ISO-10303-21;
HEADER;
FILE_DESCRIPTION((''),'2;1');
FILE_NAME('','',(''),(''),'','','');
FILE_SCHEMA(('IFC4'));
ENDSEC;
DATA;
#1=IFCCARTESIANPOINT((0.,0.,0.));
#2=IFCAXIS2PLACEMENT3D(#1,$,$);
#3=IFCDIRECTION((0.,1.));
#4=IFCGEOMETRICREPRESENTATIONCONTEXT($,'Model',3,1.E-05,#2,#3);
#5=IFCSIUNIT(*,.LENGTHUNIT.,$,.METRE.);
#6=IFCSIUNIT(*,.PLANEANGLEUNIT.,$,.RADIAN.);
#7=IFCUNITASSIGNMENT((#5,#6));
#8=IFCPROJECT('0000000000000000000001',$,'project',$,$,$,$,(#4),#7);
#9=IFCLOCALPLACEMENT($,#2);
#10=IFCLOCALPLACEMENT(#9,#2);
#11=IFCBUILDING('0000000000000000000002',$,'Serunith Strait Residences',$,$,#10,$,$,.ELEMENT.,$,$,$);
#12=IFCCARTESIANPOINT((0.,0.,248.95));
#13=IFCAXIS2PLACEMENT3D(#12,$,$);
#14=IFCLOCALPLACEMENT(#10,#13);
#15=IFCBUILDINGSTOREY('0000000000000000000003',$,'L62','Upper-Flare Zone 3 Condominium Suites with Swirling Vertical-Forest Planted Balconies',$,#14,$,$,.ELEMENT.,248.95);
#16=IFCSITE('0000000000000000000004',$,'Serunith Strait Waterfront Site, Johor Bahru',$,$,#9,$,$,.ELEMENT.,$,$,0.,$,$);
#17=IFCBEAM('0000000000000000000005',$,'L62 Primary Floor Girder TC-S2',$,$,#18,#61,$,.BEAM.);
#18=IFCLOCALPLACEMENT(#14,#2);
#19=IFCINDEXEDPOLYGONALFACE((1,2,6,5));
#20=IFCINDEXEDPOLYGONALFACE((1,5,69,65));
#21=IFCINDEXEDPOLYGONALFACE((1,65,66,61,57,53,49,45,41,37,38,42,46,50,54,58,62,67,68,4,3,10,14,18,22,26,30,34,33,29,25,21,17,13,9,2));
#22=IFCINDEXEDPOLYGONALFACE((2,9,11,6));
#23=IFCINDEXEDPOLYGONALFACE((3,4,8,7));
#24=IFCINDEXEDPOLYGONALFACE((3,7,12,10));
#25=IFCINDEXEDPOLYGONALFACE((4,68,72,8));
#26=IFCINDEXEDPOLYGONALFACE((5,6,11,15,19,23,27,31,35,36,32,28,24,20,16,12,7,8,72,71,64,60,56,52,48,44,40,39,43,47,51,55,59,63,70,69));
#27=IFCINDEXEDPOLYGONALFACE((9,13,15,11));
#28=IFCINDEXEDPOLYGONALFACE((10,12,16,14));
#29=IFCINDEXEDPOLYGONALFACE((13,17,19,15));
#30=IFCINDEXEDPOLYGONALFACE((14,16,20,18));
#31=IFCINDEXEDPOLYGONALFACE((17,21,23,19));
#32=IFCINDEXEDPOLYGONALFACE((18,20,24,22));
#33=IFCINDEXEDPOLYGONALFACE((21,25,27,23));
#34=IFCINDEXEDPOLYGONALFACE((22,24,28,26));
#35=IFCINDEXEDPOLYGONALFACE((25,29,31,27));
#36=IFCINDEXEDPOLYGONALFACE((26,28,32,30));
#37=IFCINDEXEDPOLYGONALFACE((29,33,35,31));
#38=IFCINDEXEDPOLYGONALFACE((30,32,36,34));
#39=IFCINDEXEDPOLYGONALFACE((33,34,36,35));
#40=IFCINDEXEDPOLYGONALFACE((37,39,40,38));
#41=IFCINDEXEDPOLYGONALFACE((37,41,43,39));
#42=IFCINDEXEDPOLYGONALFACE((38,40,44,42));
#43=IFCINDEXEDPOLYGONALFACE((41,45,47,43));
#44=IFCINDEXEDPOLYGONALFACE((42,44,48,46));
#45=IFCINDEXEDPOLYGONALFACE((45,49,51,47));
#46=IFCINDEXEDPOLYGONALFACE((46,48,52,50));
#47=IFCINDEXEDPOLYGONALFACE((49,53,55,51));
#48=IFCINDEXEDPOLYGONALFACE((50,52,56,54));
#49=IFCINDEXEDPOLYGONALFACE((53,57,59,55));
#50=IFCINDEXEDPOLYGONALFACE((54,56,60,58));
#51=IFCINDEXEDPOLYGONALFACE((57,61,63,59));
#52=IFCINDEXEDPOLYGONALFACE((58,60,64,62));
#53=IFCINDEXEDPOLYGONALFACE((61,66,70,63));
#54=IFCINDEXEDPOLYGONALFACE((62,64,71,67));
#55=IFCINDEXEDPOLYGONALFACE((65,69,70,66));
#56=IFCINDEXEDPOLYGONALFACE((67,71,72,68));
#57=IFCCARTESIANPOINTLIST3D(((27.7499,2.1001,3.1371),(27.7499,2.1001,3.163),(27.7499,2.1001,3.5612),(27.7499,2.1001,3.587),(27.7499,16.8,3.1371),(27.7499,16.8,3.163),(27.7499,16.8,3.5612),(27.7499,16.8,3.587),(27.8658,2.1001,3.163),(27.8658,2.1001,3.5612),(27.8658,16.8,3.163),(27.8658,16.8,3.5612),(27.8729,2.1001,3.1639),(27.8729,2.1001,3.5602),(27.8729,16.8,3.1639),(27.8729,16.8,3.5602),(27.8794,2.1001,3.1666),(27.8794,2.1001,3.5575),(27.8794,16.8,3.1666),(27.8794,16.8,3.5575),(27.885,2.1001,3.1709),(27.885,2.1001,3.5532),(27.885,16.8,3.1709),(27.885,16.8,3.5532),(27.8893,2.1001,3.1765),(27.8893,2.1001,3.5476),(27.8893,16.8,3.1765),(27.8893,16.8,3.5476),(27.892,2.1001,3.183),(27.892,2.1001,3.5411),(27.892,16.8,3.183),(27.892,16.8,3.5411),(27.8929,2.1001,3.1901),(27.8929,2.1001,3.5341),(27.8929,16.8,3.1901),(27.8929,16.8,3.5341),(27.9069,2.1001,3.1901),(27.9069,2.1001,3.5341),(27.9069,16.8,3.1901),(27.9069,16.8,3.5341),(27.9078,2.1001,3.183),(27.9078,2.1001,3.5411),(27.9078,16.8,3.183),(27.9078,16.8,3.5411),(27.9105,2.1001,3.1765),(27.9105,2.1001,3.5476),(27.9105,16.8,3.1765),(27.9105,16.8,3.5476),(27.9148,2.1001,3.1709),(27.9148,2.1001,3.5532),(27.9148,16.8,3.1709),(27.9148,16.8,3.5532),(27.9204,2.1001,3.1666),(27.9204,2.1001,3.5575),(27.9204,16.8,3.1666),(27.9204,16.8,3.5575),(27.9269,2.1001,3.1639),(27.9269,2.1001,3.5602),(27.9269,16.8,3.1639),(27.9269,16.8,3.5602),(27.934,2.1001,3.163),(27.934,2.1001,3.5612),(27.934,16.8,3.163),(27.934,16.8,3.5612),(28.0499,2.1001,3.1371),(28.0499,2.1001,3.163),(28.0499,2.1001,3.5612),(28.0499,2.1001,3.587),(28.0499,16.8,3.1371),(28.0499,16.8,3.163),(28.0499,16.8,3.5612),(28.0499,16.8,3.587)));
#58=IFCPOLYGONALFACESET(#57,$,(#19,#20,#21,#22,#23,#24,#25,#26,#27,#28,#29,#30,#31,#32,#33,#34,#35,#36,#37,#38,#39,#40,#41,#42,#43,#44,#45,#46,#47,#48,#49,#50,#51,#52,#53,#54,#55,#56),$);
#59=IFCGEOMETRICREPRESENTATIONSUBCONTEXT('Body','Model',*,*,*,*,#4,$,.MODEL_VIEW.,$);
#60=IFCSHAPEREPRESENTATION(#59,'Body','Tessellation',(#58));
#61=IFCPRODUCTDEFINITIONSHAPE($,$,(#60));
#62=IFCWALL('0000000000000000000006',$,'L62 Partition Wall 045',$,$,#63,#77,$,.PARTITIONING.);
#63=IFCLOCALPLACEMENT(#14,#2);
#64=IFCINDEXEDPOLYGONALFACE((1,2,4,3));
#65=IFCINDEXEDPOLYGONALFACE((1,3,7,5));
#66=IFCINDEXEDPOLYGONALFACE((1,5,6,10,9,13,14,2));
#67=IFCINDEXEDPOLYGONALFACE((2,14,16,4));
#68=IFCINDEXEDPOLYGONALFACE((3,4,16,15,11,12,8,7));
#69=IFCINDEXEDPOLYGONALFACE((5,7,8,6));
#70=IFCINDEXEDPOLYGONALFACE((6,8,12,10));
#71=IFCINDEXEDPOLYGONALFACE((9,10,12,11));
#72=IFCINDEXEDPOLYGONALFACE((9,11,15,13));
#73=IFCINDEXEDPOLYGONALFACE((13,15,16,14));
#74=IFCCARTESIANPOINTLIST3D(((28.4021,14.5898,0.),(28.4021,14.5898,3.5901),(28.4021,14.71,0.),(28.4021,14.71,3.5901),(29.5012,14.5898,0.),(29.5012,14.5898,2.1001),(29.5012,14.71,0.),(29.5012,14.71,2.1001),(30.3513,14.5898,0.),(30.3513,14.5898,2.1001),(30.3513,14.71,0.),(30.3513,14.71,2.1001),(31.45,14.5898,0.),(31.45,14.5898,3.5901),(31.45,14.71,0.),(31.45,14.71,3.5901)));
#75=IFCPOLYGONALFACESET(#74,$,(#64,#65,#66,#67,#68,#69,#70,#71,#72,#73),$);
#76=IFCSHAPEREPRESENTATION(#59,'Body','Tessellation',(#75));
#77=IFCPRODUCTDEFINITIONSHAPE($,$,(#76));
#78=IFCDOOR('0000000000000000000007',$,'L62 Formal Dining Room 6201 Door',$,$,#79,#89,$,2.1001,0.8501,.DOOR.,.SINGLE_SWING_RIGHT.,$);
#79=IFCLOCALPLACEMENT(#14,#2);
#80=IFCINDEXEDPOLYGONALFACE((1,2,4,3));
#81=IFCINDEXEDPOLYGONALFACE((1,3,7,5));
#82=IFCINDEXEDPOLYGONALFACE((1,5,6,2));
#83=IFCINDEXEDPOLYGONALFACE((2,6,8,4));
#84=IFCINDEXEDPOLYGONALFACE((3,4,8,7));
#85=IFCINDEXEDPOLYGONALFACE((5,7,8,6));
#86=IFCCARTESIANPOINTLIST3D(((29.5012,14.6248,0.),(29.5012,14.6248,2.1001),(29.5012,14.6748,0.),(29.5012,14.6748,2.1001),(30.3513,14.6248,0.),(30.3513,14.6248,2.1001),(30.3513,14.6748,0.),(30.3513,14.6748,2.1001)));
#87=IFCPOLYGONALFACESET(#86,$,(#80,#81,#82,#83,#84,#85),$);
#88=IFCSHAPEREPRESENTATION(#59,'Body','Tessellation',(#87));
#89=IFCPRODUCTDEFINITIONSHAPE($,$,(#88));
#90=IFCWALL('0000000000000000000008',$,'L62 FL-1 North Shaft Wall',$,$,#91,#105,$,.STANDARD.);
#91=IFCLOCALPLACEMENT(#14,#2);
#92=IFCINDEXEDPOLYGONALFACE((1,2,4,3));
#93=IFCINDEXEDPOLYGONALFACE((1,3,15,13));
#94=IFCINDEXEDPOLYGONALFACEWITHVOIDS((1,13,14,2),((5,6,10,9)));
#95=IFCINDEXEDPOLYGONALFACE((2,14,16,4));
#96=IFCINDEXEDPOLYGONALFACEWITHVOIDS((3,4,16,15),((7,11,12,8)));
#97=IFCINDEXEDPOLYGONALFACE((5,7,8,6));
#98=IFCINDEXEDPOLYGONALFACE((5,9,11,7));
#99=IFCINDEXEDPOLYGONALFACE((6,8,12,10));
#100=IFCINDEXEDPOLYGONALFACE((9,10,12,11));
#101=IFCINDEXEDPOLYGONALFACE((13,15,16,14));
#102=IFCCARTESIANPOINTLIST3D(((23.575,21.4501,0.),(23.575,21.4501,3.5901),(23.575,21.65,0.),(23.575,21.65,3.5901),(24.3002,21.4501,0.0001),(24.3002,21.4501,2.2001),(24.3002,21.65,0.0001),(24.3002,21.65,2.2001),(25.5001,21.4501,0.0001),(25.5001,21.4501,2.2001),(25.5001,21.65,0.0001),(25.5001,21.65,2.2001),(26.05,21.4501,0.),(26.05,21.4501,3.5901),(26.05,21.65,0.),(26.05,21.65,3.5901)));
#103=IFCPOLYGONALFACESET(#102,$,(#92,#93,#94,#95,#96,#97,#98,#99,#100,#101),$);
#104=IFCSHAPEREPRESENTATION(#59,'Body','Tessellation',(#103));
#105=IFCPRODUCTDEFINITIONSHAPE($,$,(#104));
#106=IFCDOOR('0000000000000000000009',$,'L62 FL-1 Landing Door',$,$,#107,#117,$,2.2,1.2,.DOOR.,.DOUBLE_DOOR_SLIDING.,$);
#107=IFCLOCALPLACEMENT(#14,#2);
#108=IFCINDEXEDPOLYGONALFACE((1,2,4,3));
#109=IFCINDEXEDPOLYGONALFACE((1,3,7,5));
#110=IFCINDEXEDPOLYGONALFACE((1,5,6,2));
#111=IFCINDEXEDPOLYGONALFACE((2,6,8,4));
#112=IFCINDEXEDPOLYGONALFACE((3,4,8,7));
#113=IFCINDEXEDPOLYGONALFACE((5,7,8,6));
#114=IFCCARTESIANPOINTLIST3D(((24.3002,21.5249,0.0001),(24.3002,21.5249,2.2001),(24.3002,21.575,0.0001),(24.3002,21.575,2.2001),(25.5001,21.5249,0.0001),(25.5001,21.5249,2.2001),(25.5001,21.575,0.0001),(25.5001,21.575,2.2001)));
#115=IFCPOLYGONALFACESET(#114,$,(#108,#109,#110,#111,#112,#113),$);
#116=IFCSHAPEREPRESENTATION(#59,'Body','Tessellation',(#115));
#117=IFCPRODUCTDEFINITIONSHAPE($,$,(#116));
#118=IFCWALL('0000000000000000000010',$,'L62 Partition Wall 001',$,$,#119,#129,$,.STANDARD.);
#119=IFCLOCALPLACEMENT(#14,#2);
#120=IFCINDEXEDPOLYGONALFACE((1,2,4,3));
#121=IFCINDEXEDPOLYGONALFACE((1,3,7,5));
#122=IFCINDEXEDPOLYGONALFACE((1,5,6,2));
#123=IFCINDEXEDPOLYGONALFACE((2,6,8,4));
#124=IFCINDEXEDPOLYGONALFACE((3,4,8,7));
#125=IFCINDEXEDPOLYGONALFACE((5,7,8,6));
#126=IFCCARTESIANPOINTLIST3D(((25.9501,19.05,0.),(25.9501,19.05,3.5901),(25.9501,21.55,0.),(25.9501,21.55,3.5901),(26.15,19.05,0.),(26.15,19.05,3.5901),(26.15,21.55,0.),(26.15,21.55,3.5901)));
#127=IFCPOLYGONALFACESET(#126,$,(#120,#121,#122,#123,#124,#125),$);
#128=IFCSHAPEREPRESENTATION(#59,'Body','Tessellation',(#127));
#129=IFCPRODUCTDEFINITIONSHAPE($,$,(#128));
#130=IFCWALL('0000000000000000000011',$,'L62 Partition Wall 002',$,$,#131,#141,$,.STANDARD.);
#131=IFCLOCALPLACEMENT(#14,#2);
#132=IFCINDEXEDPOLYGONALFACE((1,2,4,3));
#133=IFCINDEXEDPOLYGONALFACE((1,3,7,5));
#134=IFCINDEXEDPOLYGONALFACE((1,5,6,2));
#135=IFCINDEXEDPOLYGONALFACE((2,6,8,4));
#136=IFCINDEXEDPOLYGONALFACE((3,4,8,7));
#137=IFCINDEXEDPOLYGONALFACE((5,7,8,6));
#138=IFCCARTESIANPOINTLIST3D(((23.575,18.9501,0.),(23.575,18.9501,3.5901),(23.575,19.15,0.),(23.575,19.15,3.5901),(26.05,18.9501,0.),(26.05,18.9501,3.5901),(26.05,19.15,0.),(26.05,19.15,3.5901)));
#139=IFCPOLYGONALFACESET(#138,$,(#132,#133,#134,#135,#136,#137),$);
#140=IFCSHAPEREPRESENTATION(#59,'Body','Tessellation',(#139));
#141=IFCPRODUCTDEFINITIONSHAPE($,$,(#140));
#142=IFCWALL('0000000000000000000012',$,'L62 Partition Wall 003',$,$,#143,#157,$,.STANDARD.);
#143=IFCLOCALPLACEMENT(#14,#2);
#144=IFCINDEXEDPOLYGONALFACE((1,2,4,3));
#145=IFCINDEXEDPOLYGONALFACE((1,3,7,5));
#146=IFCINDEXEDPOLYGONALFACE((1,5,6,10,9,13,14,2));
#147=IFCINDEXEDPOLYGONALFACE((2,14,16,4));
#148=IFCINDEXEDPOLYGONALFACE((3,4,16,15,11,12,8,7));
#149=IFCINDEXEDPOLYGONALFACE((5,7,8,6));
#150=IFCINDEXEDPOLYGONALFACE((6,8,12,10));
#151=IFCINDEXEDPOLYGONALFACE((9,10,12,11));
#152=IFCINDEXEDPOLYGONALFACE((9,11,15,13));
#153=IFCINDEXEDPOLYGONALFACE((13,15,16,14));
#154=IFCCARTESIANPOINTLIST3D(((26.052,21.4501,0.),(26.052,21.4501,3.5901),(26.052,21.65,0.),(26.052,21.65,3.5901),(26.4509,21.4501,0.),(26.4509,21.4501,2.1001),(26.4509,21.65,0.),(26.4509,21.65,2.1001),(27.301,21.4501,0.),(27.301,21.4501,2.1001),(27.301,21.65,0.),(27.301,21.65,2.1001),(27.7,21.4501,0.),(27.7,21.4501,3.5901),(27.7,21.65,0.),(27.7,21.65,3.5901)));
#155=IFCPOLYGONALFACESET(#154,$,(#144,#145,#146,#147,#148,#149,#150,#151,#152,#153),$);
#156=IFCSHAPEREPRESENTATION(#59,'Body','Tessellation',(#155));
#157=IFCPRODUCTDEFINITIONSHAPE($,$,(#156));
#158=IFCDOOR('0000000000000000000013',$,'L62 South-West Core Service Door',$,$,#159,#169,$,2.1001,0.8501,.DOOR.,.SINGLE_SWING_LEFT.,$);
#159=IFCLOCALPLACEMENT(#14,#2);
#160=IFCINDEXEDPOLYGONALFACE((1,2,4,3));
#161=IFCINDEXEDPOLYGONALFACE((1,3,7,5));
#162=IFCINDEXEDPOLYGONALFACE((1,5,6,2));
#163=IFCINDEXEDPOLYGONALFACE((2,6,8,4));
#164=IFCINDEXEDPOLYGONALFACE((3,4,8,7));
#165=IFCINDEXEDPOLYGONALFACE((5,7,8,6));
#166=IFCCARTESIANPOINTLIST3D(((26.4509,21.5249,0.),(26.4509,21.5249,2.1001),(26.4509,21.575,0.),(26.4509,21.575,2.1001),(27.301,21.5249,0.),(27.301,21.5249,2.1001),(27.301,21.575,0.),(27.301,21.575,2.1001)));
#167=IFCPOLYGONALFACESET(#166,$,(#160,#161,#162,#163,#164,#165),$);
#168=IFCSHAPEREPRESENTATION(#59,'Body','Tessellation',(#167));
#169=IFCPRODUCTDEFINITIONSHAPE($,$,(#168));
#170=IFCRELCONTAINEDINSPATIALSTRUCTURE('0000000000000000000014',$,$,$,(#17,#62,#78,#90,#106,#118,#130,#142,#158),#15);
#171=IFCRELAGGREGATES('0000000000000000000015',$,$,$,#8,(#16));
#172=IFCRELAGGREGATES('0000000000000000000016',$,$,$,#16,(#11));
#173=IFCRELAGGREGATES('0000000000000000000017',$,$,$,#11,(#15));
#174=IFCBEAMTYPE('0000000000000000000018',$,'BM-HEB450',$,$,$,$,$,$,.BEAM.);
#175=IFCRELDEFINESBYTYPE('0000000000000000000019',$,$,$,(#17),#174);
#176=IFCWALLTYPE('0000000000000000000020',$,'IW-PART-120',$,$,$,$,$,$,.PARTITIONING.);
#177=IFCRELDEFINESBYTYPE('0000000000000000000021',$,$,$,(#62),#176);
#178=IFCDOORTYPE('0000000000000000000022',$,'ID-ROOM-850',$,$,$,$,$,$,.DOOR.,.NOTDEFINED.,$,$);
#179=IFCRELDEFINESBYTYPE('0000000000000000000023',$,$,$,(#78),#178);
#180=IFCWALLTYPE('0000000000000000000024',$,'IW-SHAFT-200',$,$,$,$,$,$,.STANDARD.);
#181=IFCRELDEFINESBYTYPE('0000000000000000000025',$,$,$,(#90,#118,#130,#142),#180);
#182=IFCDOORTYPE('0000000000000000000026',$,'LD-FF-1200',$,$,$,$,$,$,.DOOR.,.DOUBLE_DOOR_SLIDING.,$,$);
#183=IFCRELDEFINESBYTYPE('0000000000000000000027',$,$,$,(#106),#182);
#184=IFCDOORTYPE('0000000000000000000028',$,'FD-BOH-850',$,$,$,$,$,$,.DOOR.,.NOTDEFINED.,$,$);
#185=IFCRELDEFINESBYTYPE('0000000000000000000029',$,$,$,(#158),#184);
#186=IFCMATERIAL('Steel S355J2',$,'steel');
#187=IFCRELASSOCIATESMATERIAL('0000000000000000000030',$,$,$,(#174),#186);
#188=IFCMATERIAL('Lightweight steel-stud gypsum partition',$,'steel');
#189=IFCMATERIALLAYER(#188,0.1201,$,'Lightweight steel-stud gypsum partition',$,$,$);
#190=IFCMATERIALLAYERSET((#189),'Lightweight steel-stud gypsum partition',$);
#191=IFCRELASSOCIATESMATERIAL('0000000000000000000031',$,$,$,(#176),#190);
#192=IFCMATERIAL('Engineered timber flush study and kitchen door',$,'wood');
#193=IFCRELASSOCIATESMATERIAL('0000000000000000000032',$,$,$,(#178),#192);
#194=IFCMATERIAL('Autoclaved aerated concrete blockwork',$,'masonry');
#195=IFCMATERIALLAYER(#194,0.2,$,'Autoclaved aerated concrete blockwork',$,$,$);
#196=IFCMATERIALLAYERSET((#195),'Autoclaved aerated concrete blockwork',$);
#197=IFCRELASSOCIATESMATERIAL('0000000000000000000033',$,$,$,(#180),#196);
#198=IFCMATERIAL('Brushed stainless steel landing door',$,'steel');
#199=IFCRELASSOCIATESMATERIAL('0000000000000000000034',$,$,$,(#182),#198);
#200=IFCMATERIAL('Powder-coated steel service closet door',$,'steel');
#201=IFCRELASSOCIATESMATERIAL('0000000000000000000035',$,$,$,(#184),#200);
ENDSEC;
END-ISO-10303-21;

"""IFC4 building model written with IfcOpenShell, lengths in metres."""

from ifc_helpers import new_model, si_unit, direction, frame, frame_2d, origin, origin_2d, place, context, subcontext, project, spatial, rectangle, i_section, extrude, source, transform, mapped, material, layer, layer_set, material_profile, profile_set, type_object, element, fill, save


model = new_model("IFC4")

# Units and contexts
model_context = context("Model", 3, precision=1e-05, world=origin(), true_north=direction((0.0, 1.0)))
body_context = subcontext(model_context, "Body", "Model", "MODEL_VIEW")
ifc_project = project(units=[si_unit("LENGTHUNIT", "METRE"), si_unit("PLANEANGLEUNIT", "RADIAN")], contexts=[model_context])

# Site, building, storey
site_placement = place(None, origin())
site = spatial("IfcSite", under=ifc_project, at=site_placement, Name="Serunith Strait Waterfront Site, Johor Bahru", CompositionType="ELEMENT", RefElevation=0.0)
building_placement = place(site_placement, origin())
building = spatial("IfcBuilding", under=site, at=building_placement, Name="Serunith Strait Residences", CompositionType="ELEMENT")
storey_placement = place(building_placement, frame((0.0, 0.0, 248.95)))
storey = spatial("IfcBuildingStorey", under=building, at=storey_placement, Name="L62", Description="Upper-Flare Zone 3 Condominium Suites with Swirling Vertical-Forest Planted Balconies", CompositionType="ELEMENT", Elevation=248.95)

# Beam
ifc_material_1 = material(Name="Steel S355J2", Category="steel")
ifc_material_profile = material_profile(ifc_material_1, i_section(OverallWidth=0.3, OverallDepth=0.45, WebThickness=0.0139, FlangeThickness=0.0259, FilletRadius=0.0271, at=origin_2d()), Name="HEB 450")
ifc_profile_set = profile_set([ifc_material_profile], Name="Steel S355J2")
beam_type = type_object("IfcBeamType", Name="BM-HEB450", PredefinedType="BEAM", material=ifc_profile_set)
shared_shape_1 = source(origin(), body_context, "Body", "SweptSolid", [
    extrude(i_section(OverallWidth=0.3, OverallDepth=0.45, WebThickness=0.0139, FlangeThickness=0.0259, FilletRadius=0.0271, at=origin_2d()), origin(), (0.0, 0.0, 1.0), 14.7),
])
beam_placement = place(storey_placement, frame((27.8999, 16.8, 3.3621), z_axis=(0.0, -1.0, 0.0), x_axis=(1.0, 0.0, 0.0)))
element("IfcBeam", 1, at=beam_placement, inside=storey, type_object=beam_type, Name="L62 Primary Floor Girder TC-S2", PredefinedType="BEAM", context=body_context, shape_type="MappedRepresentation", body=[
    mapped(shared_shape_1, transform((0.0, 0.0, 0.0), scale=1.0)),
])

# Walls, openings, doors
ifc_material_2 = material(Name="Lightweight steel-stud gypsum partition", Category="steel")
ifc_layer_1 = layer(ifc_material_2, 0.1201, Name="Lightweight steel-stud gypsum partition")
ifc_layer_set_1 = layer_set([ifc_layer_1], Name="Lightweight steel-stud gypsum partition")
wall_type_1 = type_object("IfcWallType", Name="IW-PART-120", PredefinedType="PARTITIONING", material=ifc_layer_set_1)
wall_1_placement = place(storey_placement, frame((28.4021, 14.6499, 0.0), z_axis=(0.0, 0.0, 1.0), x_axis=(1.0, 0.0, 0.0)))
wall_1 = element("IfcWall", 2, at=wall_1_placement, inside=storey, type_object=wall_type_1, Name="L62 Partition Wall 045", PredefinedType="PARTITIONING", context=body_context, shape_type="SweptSolid", body=[
    extrude(rectangle(XDim=3.0479, YDim=0.1201, at=frame_2d((1.5239, 0.0))), origin(), (0.0, 0.0, 1.0), 3.5901),
])
opening_1_placement = place(wall_1_placement, frame((1.0991, 0.0, 0.0)))
opening_1 = element("IfcOpeningElement", 3, at=opening_1_placement, cuts=wall_1, PredefinedType="OPENING", context=body_context, shape_type="SweptSolid", body=[
    extrude(rectangle(XDim=0.8501, YDim=2.1001, at=frame_2d((0.425, 1.05))), frame((0.0, 0.0701, 0.0), z_axis=(0.0, -1.0, 0.0), x_axis=(1.0, 0.0, 0.0)), (0.0, 0.0, 1.0), 0.1401),
])
ifc_material_3 = material(Name="Engineered timber flush study and kitchen door", Category="wood")
door_type_1 = type_object("IfcDoorType", Name="ID-ROOM-850", OperationType="NOTDEFINED", PredefinedType="DOOR", material=ifc_material_3)
shared_shape_2 = source(origin(), body_context, "Body", "SweptSolid", [
    extrude(rectangle(XDim=0.8501, YDim=2.1001, at=frame_2d((0.425, 1.05))), frame((0.0, 0.0249, 0.0), z_axis=(0.0, -1.0, 0.0), x_axis=(1.0, 0.0, 0.0)), (0.0, 0.0, 1.0), 0.05),
])
door_1_placement = place(opening_1_placement, origin())
door_1 = element("IfcDoor", 4, at=door_1_placement, inside=storey, type_object=door_type_1, Name="L62 Formal Dining Room 6201 Door", OperationType="SINGLE_SWING_RIGHT", OverallHeight=2.1001, OverallWidth=0.8501, PredefinedType="DOOR", context=body_context, shape_type="MappedRepresentation", body=[
    mapped(shared_shape_2, transform((0.0, 0.0, 0.0), scale=1.0)),
])
fill(opening_1, door_1)
ifc_material_4 = material(Name="Autoclaved aerated concrete blockwork", Category="masonry")
ifc_layer_2 = layer(ifc_material_4, 0.2, Name="Autoclaved aerated concrete blockwork")
ifc_layer_set_2 = layer_set([ifc_layer_2], Name="Autoclaved aerated concrete blockwork")
wall_type_2 = type_object("IfcWallType", Name="IW-SHAFT-200", PredefinedType="STANDARD", material=ifc_layer_set_2)
wall_2_placement = place(storey_placement, frame((23.575, 21.55, 0.0), z_axis=(0.0, 0.0, 1.0), x_axis=(1.0, 0.0, 0.0)))
wall_2 = element("IfcWall", 5, at=wall_2_placement, inside=storey, type_object=wall_type_2, Name="L62 FL-1 North Shaft Wall", PredefinedType="STANDARD", context=body_context, shape_type="SweptSolid", body=[
    extrude(rectangle(XDim=2.4751, YDim=0.2, at=frame_2d((1.2375, 0.0))), origin(), (0.0, 0.0, 1.0), 3.5901),
])
opening_2_placement = place(wall_2_placement, frame((0.7251, 0.0, 0.0)))
opening_2 = element("IfcOpeningElement", 6, at=opening_2_placement, cuts=wall_2, PredefinedType="OPENING", context=body_context, shape_type="SweptSolid", body=[
    extrude(rectangle(XDim=1.2, YDim=2.2, at=frame_2d((0.6001, 1.1001))), frame((0.0, 0.1099, 0.0), z_axis=(0.0, -1.0, 0.0), x_axis=(1.0, 0.0, 0.0)), (0.0, 0.0, 1.0), 0.22),
])
ifc_material_5 = material(Name="Brushed stainless steel landing door", Category="steel")
door_type_2 = type_object("IfcDoorType", Name="LD-FF-1200", OperationType="DOUBLE_DOOR_SLIDING", PredefinedType="DOOR", material=ifc_material_5)
shared_shape_3 = source(origin(), body_context, "Body", "SweptSolid", [
    extrude(rectangle(XDim=1.2, YDim=2.2, at=frame_2d((0.6001, 1.1001))), frame((0.0, 0.0249, 0.0), z_axis=(0.0, -1.0, 0.0), x_axis=(1.0, 0.0, 0.0)), (0.0, 0.0, 1.0), 0.05),
])
door_2_placement = place(opening_2_placement, origin())
door_2 = element("IfcDoor", 7, at=door_2_placement, inside=storey, type_object=door_type_2, Name="L62 FL-1 Landing Door", OperationType="DOUBLE_DOOR_SLIDING", OverallHeight=2.2, OverallWidth=1.2, PredefinedType="DOOR", context=body_context, shape_type="MappedRepresentation", body=[
    mapped(shared_shape_3, transform((0.0, 0.0, 0.0), scale=1.0)),
])
fill(opening_2, door_2)

# Walls
wall_3_placement = place(storey_placement, frame((26.05, 19.05, 0.0), z_axis=(0.0, 0.0, 1.0), x_axis=(0.0, 1.0, 0.0)))
element("IfcWall", 8, at=wall_3_placement, inside=storey, type_object=wall_type_2, Name="L62 Partition Wall 001", PredefinedType="STANDARD", context=body_context, shape_type="SweptSolid", body=[
    extrude(rectangle(XDim=2.5, YDim=0.2, at=frame_2d((1.25, 0.0))), origin(), (0.0, 0.0, 1.0), 3.5901),
])
wall_4_placement = place(storey_placement, frame((23.575, 19.05, 0.0), z_axis=(0.0, 0.0, 1.0), x_axis=(1.0, 0.0, 0.0)))
element("IfcWall", 9, at=wall_4_placement, inside=storey, type_object=wall_type_2, Name="L62 Partition Wall 002", PredefinedType="STANDARD", context=body_context, shape_type="SweptSolid", body=[
    extrude(rectangle(XDim=2.4751, YDim=0.2, at=frame_2d((1.2375, 0.0))), origin(), (0.0, 0.0, 1.0), 3.5901),
])

# Wall, opening, door
wall_5_placement = place(storey_placement, frame((26.052, 21.55, 0.0), z_axis=(0.0, 0.0, 1.0), x_axis=(1.0, 0.0, 0.0)))
wall_5 = element("IfcWall", 10, at=wall_5_placement, inside=storey, type_object=wall_type_2, Name="L62 Partition Wall 003", PredefinedType="STANDARD", context=body_context, shape_type="SweptSolid", body=[
    extrude(rectangle(XDim=1.6479, YDim=0.2, at=frame_2d((0.824, 0.0))), origin(), (0.0, 0.0, 1.0), 3.5901),
])
opening_3_placement = place(wall_5_placement, frame((0.3989, 0.0, 0.0)))
opening_3 = element("IfcOpeningElement", 11, at=opening_3_placement, cuts=wall_5, PredefinedType="OPENING", context=body_context, shape_type="SweptSolid", body=[
    extrude(rectangle(XDim=0.8501, YDim=2.1001, at=frame_2d((0.425, 1.05))), frame((0.0, 0.1099, 0.0), z_axis=(0.0, -1.0, 0.0), x_axis=(1.0, 0.0, 0.0)), (0.0, 0.0, 1.0), 0.22),
])
ifc_material_6 = material(Name="Powder-coated steel service closet door", Category="steel")
door_type_3 = type_object("IfcDoorType", Name="FD-BOH-850", OperationType="NOTDEFINED", PredefinedType="DOOR", material=ifc_material_6)
door_3_placement = place(opening_3_placement, origin())
door_3 = element("IfcDoor", 12, at=door_3_placement, inside=storey, type_object=door_type_3, Name="L62 South-West Core Service Door", OperationType="SINGLE_SWING_LEFT", OverallHeight=2.1001, OverallWidth=0.8501, PredefinedType="DOOR", context=body_context, shape_type="MappedRepresentation", body=[
    mapped(shared_shape_2, transform((0.0, 0.0, 0.0), scale=1.0)),
])
fill(opening_3, door_3)

save(model, "model.ifc")
